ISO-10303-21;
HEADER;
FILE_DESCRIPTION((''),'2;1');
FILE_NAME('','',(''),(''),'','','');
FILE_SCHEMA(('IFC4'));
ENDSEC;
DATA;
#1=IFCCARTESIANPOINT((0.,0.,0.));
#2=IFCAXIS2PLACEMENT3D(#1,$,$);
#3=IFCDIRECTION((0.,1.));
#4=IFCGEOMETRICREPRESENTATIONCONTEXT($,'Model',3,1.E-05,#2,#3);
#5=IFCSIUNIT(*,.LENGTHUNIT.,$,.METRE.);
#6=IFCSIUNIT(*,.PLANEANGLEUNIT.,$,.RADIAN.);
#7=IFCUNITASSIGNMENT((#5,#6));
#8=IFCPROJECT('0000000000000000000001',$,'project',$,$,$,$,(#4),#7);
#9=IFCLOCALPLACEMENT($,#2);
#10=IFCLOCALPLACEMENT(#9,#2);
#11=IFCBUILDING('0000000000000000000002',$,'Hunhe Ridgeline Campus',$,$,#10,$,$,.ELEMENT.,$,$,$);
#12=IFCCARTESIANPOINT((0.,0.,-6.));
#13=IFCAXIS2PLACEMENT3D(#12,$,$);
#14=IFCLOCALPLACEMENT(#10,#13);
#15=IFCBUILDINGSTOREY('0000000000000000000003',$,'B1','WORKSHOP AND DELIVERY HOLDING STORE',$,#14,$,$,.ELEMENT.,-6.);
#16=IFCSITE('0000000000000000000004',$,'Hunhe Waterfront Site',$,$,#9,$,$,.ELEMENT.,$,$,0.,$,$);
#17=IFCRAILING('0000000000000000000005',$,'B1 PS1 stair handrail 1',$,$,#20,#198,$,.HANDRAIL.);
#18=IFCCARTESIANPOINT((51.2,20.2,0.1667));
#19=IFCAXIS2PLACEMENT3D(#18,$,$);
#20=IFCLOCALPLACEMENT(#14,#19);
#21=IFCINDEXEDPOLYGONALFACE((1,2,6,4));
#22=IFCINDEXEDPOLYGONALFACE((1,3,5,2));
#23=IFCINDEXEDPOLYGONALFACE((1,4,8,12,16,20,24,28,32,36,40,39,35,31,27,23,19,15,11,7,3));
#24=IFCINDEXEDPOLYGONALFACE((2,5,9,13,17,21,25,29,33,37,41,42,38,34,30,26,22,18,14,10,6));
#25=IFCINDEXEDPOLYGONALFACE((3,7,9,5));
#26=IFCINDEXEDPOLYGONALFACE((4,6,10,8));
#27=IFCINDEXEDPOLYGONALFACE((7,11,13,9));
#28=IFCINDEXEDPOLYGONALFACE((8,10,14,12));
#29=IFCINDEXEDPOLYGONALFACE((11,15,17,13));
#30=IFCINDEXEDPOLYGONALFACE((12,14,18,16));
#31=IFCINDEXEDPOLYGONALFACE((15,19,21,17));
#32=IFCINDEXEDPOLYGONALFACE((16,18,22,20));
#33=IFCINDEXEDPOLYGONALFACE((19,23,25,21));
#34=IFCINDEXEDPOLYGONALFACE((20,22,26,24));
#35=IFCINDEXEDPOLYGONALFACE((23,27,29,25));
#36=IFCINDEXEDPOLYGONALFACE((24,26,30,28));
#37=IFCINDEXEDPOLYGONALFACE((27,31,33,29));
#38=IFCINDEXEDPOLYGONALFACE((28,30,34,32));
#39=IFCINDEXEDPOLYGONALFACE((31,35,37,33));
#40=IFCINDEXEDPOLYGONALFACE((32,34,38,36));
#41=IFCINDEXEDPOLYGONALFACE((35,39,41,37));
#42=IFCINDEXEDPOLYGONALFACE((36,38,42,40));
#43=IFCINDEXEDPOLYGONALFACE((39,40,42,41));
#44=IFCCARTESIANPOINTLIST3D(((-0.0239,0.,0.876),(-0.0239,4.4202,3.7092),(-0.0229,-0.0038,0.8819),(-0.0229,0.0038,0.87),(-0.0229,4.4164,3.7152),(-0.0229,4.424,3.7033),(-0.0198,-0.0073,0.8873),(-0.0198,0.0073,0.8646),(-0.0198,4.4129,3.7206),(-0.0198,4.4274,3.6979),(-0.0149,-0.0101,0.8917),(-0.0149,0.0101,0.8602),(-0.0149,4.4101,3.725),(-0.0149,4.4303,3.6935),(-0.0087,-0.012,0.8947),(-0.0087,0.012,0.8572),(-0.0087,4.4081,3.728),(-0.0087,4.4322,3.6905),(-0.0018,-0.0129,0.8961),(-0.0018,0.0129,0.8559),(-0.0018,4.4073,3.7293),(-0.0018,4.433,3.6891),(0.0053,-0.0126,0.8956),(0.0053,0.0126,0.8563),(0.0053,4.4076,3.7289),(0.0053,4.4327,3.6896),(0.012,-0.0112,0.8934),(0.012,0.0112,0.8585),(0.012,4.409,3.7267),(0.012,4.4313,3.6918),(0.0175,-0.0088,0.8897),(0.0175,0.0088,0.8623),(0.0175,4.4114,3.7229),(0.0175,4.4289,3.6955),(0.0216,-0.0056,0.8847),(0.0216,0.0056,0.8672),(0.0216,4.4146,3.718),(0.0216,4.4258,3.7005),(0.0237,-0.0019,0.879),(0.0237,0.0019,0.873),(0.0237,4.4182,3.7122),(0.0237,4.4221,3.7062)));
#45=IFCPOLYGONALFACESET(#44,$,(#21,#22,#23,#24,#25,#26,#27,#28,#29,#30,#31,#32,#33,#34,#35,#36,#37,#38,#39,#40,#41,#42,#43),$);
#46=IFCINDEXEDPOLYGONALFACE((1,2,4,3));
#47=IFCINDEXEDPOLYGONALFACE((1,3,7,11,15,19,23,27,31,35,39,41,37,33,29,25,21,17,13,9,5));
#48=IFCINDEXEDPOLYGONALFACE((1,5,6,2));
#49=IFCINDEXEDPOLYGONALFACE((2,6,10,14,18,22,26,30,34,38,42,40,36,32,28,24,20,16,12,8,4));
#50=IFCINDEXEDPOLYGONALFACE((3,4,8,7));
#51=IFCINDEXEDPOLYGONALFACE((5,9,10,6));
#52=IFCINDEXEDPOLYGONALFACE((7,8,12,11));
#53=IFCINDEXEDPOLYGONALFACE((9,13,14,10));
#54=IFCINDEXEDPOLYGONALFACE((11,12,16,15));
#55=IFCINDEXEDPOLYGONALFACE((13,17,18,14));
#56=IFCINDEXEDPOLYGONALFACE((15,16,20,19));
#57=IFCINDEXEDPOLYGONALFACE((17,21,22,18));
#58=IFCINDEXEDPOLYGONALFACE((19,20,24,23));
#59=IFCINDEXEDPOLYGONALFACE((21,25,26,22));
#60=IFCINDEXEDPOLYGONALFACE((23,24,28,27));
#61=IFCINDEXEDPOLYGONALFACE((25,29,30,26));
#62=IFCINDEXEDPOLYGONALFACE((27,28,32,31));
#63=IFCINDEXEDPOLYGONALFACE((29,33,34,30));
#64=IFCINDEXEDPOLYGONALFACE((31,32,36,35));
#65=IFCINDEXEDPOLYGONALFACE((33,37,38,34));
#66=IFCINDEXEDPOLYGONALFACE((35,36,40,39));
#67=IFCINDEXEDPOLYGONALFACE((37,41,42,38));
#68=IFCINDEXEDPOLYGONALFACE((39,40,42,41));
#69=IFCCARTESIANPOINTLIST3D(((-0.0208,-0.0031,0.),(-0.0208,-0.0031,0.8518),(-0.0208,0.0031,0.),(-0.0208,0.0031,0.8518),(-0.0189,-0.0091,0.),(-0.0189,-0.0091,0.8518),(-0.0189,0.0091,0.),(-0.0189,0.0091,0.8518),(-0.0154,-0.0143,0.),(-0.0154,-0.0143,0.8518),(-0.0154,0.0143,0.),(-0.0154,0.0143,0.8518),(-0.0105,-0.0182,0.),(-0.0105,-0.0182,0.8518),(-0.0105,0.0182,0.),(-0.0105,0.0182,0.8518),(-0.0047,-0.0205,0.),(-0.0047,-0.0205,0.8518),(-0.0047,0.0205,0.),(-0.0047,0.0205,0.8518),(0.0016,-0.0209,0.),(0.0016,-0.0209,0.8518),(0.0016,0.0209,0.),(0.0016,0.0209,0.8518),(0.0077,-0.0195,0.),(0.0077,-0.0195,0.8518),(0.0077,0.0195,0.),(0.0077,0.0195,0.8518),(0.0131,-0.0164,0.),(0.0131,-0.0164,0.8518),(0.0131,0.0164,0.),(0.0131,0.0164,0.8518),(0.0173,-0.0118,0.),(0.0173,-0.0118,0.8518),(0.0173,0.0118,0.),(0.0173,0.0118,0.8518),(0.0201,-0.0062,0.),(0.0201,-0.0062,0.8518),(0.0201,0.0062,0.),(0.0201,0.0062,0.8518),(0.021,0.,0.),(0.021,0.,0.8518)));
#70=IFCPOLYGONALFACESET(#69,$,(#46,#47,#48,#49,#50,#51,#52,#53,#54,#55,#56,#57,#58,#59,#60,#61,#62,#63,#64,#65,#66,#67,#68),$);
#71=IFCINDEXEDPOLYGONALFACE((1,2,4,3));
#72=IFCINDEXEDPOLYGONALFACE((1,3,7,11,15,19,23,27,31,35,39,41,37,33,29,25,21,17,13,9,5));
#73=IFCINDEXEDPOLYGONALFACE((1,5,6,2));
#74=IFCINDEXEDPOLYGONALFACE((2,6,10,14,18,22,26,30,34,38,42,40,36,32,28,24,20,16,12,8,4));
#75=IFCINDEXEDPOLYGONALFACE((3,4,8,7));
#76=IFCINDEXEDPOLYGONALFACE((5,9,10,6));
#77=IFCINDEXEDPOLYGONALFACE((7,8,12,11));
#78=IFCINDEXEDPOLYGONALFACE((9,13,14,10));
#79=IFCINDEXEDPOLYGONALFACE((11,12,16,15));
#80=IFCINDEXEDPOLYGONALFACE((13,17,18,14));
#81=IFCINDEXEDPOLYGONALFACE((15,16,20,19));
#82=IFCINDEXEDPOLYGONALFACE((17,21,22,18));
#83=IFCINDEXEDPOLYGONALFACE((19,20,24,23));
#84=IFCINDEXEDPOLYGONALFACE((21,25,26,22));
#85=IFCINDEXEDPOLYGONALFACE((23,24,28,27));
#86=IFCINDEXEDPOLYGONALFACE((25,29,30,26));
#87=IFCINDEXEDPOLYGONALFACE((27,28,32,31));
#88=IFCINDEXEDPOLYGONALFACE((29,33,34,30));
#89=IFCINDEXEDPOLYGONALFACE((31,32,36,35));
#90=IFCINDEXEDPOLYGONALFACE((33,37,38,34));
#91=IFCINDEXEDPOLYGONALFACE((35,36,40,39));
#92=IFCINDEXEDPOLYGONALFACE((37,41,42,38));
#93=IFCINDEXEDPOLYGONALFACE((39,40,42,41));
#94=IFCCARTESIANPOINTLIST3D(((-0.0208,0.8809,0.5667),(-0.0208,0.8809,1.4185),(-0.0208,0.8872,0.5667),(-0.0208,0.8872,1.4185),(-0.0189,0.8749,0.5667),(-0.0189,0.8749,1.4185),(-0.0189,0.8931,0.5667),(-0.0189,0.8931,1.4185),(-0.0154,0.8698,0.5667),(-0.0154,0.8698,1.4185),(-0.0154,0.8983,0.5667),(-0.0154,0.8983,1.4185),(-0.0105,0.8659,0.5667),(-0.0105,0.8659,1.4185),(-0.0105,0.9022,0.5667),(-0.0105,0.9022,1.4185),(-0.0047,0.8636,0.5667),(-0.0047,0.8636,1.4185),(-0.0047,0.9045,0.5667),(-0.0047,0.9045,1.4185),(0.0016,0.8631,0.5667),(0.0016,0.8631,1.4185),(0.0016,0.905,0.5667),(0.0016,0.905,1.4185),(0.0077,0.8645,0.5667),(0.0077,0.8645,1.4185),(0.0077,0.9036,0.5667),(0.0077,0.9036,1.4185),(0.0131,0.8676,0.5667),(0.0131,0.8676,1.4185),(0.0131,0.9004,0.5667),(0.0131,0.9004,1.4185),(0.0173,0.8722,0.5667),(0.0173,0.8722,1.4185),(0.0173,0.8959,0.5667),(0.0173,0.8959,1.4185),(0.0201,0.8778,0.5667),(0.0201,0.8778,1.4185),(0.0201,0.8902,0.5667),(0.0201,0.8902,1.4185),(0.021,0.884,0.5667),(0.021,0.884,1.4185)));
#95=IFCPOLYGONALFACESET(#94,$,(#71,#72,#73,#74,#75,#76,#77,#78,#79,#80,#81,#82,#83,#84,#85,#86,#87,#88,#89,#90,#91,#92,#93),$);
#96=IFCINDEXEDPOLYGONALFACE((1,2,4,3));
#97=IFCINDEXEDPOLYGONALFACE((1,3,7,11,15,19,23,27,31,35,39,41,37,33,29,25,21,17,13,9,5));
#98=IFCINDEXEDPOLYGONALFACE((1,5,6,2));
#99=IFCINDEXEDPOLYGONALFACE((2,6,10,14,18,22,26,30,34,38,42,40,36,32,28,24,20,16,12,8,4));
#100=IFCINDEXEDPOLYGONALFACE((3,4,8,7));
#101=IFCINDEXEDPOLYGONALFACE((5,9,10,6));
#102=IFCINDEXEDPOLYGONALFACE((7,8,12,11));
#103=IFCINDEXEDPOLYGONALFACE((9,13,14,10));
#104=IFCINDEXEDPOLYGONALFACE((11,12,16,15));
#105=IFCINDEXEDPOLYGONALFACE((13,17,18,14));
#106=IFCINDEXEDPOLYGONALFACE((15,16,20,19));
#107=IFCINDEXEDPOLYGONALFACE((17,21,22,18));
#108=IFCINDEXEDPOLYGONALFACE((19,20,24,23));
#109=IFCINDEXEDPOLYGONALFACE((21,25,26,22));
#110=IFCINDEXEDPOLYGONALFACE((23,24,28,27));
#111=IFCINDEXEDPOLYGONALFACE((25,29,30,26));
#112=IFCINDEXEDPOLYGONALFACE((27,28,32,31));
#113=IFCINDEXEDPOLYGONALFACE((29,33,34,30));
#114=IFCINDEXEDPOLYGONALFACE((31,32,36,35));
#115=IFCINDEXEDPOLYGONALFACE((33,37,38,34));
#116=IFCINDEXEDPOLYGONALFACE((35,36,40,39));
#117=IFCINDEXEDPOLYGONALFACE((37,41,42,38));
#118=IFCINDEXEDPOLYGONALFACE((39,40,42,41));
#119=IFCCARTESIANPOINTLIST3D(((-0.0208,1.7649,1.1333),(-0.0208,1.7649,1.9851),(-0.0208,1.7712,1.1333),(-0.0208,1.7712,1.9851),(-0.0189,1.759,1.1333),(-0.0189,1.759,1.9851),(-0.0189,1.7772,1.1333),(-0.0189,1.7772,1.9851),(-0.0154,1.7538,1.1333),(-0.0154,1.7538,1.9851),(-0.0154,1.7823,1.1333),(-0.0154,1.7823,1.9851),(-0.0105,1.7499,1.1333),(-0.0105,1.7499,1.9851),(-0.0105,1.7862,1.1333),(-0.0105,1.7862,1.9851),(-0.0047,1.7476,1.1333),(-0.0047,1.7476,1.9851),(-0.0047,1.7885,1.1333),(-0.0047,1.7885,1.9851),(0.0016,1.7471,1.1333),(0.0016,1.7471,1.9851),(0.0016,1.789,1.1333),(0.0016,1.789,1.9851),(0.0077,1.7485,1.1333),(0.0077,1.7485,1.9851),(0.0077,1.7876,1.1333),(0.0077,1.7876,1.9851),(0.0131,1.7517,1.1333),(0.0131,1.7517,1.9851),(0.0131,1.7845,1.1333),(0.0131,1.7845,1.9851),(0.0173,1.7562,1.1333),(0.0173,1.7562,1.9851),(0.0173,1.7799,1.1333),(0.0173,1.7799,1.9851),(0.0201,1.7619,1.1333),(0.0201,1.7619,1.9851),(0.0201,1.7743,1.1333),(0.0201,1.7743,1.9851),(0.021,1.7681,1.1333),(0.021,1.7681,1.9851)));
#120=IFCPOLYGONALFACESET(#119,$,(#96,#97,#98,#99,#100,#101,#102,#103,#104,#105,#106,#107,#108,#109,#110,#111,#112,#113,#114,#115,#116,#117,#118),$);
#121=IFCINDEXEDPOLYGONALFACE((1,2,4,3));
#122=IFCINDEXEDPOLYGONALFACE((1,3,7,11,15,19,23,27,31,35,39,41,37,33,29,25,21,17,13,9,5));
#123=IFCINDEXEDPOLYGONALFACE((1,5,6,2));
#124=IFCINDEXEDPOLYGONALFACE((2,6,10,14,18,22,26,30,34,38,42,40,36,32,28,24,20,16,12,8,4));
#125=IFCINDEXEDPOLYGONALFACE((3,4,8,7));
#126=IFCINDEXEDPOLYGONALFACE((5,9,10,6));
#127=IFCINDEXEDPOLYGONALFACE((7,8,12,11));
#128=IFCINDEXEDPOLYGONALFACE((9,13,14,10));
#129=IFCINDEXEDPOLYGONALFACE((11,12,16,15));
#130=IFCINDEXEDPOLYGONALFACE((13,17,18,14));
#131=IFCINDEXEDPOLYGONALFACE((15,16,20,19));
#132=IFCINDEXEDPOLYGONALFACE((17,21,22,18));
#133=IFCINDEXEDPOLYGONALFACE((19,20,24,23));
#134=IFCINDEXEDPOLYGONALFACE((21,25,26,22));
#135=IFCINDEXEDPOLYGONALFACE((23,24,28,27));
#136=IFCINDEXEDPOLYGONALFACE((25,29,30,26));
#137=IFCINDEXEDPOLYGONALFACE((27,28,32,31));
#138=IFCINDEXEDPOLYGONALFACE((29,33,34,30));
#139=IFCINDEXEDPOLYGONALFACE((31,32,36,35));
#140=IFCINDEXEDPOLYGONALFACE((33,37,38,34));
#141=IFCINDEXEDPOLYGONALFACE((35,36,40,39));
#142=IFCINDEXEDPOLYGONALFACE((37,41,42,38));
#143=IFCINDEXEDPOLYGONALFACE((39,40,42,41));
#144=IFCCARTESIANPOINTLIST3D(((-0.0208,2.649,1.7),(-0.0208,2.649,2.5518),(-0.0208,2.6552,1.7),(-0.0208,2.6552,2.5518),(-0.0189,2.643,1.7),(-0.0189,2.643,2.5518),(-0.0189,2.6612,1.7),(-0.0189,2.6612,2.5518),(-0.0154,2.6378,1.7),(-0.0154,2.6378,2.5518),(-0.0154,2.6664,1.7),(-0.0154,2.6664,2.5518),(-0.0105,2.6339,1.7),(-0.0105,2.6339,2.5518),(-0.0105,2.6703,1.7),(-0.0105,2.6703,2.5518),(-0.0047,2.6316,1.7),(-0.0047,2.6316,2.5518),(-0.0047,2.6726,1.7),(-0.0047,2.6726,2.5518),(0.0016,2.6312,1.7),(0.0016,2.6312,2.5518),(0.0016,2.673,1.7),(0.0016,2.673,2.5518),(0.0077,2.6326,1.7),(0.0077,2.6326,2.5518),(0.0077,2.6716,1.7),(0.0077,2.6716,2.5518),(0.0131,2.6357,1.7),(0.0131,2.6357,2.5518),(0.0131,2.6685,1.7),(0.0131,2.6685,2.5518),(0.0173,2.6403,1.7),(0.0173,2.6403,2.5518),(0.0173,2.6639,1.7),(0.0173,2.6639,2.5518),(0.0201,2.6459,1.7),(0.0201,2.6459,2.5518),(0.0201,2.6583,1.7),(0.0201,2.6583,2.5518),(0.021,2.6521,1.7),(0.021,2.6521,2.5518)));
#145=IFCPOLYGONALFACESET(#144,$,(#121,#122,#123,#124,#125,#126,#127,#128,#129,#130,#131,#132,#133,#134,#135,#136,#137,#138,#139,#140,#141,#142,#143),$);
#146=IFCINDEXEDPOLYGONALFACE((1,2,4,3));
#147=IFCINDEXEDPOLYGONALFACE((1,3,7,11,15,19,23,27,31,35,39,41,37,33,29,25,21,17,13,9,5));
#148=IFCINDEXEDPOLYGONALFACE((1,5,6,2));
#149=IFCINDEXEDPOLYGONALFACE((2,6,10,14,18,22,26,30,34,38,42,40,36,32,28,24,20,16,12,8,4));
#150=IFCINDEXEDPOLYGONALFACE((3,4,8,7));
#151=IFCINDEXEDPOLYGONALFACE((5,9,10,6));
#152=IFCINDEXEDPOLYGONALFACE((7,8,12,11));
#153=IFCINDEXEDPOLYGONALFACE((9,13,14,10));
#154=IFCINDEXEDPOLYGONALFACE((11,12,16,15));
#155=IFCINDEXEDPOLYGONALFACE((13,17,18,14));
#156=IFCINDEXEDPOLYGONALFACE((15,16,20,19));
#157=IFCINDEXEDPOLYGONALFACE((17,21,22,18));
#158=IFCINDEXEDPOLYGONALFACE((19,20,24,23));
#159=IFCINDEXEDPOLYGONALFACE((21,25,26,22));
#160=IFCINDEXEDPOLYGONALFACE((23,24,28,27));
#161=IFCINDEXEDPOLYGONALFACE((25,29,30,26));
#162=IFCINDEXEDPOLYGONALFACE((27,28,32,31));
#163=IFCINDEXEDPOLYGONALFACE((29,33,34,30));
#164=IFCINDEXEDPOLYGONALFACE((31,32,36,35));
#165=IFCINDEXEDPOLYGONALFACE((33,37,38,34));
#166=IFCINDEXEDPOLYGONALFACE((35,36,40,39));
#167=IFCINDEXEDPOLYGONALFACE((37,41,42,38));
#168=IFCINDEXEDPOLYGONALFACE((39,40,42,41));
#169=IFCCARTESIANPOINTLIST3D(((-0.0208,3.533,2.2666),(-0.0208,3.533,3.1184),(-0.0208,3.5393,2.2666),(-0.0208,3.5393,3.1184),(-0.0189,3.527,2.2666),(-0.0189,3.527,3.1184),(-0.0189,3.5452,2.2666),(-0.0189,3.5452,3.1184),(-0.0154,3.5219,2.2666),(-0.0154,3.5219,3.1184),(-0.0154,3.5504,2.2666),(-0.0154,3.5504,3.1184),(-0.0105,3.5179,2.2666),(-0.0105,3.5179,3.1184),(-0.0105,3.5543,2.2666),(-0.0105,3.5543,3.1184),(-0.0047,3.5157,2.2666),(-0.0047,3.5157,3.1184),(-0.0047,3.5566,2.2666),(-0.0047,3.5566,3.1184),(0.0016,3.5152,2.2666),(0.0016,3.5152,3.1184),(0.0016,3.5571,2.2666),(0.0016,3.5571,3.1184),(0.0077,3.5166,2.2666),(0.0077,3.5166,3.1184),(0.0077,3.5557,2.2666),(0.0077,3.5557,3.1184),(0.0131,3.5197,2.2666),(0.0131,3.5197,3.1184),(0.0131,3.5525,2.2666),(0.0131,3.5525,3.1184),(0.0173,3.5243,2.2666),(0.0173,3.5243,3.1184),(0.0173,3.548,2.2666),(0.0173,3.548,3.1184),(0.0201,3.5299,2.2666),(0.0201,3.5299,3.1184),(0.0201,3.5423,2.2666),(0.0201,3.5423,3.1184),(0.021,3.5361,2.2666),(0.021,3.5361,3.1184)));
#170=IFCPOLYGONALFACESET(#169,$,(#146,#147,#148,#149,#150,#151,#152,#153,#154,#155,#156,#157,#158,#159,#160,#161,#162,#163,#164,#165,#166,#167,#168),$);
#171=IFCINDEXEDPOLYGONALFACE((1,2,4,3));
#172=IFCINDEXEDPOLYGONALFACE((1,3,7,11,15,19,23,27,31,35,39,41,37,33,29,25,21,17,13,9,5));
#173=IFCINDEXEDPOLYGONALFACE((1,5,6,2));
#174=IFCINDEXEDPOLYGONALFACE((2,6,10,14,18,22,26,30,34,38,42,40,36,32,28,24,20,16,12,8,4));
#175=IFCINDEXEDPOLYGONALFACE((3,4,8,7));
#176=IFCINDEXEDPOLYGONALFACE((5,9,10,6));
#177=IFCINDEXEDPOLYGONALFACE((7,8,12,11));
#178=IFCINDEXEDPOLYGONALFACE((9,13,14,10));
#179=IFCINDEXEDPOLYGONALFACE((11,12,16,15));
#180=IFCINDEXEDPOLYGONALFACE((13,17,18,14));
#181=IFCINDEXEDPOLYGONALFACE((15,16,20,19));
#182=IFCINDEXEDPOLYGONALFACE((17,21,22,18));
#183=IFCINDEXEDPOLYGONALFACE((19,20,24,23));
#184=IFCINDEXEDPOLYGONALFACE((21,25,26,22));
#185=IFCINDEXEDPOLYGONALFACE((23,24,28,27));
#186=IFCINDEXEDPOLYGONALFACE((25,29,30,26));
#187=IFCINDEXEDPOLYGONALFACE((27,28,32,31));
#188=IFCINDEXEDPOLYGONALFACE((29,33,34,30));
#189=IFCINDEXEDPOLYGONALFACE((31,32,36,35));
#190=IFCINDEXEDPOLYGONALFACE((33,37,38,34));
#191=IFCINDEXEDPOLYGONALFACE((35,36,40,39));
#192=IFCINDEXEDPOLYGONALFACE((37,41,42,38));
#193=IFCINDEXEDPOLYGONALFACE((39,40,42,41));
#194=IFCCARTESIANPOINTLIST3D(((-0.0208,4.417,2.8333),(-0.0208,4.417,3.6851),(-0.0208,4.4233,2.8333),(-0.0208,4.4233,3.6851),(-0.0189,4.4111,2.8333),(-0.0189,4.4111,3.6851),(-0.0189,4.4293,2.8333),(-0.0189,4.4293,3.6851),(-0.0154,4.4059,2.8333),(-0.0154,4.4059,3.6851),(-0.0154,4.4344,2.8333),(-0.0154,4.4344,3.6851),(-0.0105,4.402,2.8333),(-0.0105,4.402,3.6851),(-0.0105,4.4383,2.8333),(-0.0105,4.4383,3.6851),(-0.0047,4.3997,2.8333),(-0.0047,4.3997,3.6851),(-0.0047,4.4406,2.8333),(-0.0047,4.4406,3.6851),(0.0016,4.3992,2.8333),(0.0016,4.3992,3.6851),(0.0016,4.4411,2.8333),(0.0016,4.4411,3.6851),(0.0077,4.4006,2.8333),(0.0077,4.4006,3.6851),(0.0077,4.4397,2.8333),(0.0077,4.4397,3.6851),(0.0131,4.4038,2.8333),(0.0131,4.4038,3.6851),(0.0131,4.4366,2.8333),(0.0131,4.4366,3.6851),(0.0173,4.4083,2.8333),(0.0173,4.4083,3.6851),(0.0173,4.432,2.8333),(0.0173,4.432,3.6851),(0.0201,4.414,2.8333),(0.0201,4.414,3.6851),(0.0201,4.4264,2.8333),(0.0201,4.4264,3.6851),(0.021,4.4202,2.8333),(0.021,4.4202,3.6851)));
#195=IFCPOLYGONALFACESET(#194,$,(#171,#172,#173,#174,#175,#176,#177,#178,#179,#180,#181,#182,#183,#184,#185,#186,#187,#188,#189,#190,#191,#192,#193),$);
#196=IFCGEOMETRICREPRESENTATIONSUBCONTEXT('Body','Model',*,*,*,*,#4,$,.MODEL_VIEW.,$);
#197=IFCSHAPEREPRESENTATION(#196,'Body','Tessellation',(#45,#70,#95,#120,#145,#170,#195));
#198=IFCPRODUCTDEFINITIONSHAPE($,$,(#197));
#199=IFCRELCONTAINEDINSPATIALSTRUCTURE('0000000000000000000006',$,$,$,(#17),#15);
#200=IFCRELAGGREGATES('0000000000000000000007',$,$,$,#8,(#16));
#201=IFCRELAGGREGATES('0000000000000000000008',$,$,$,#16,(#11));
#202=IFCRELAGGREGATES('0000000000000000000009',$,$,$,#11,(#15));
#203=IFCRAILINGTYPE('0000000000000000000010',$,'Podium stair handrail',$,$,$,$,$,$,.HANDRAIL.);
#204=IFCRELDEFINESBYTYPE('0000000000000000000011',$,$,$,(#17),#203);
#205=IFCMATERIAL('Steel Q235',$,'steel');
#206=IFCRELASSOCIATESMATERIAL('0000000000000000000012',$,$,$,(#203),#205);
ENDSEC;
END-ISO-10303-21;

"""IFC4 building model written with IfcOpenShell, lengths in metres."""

from ifc_helpers import new_model, si_unit, direction, frame, origin, origin_2d, place, context, subcontext, project, spatial, circle, extrude, material, type_object, element, save


model = new_model("IFC4")

# Units and contexts
model_context = context("Model", 3, precision=1e-05, world=origin(), true_north=direction((0.0, 1.0)))
body_context = subcontext(model_context, "Body", "Model", "MODEL_VIEW")
ifc_project = project(units=[si_unit("LENGTHUNIT", "METRE"), si_unit("PLANEANGLEUNIT", "RADIAN")], contexts=[model_context])

# Site, building, storey
site_placement = place(None, origin())
site = spatial("IfcSite", under=ifc_project, at=site_placement, Name="Hunhe Waterfront Site", CompositionType="ELEMENT", RefElevation=0.0)
building_placement = place(site_placement, origin())
building = spatial("IfcBuilding", under=site, at=building_placement, Name="Hunhe Ridgeline Campus", CompositionType="ELEMENT")
storey_placement = place(building_placement, frame((0.0, 0.0, -6.0)))
storey = spatial("IfcBuildingStorey", under=building, at=storey_placement, Name="B1", Description="WORKSHOP AND DELIVERY HOLDING STORE", CompositionType="ELEMENT", Elevation=-6.0)

# Shared definitions
ifc_material_1 = material(Name="Steel Q235", Category="steel")

# Railing
railing_type_1 = type_object("IfcRailingType", Name="Podium stair handrail", PredefinedType="HANDRAIL", material=ifc_material_1)
railing_1_placement = place(storey_placement, frame((51.2, 20.2, 0.1667)))
element("IfcRailing", 1, at=railing_1_placement, inside=storey, type_object=railing_type_1, Name="B1 PS1 stair handrail 1", PredefinedType="HANDRAIL", context=body_context, shape_type="SweptSolid", body=[
    extrude(circle(Radius=0.0239, at=origin_2d()), frame((0.0, 0.0, 0.876), z_axis=(0.0, 0.841895, 0.539641), x_axis=(-1.0, 0.0, 0.0)), (0.0, 0.0, 1.0), 5.2502),
    extrude(circle(Radius=0.021, at=origin_2d()), origin(), (0.0, 0.0, 1.0), 0.8518),
    extrude(circle(Radius=0.021, at=origin_2d()), frame((0.0, 0.884, 0.5667)), (0.0, 0.0, 1.0), 0.8518),
    extrude(circle(Radius=0.021, at=origin_2d()), frame((0.0, 1.7681, 1.1333)), (0.0, 0.0, 1.0), 0.8518),
    extrude(circle(Radius=0.021, at=origin_2d()), frame((0.0, 2.6521, 1.7)), (0.0, 0.0, 1.0), 0.8518),
    extrude(circle(Radius=0.021, at=origin_2d()), frame((0.0, 3.5361, 2.2666)), (0.0, 0.0, 1.0), 0.8518),
    extrude(circle(Radius=0.021, at=origin_2d()), frame((0.0, 4.4202, 2.8333)), (0.0, 0.0, 1.0), 0.8518),
])

save(model, "model.ifc")
